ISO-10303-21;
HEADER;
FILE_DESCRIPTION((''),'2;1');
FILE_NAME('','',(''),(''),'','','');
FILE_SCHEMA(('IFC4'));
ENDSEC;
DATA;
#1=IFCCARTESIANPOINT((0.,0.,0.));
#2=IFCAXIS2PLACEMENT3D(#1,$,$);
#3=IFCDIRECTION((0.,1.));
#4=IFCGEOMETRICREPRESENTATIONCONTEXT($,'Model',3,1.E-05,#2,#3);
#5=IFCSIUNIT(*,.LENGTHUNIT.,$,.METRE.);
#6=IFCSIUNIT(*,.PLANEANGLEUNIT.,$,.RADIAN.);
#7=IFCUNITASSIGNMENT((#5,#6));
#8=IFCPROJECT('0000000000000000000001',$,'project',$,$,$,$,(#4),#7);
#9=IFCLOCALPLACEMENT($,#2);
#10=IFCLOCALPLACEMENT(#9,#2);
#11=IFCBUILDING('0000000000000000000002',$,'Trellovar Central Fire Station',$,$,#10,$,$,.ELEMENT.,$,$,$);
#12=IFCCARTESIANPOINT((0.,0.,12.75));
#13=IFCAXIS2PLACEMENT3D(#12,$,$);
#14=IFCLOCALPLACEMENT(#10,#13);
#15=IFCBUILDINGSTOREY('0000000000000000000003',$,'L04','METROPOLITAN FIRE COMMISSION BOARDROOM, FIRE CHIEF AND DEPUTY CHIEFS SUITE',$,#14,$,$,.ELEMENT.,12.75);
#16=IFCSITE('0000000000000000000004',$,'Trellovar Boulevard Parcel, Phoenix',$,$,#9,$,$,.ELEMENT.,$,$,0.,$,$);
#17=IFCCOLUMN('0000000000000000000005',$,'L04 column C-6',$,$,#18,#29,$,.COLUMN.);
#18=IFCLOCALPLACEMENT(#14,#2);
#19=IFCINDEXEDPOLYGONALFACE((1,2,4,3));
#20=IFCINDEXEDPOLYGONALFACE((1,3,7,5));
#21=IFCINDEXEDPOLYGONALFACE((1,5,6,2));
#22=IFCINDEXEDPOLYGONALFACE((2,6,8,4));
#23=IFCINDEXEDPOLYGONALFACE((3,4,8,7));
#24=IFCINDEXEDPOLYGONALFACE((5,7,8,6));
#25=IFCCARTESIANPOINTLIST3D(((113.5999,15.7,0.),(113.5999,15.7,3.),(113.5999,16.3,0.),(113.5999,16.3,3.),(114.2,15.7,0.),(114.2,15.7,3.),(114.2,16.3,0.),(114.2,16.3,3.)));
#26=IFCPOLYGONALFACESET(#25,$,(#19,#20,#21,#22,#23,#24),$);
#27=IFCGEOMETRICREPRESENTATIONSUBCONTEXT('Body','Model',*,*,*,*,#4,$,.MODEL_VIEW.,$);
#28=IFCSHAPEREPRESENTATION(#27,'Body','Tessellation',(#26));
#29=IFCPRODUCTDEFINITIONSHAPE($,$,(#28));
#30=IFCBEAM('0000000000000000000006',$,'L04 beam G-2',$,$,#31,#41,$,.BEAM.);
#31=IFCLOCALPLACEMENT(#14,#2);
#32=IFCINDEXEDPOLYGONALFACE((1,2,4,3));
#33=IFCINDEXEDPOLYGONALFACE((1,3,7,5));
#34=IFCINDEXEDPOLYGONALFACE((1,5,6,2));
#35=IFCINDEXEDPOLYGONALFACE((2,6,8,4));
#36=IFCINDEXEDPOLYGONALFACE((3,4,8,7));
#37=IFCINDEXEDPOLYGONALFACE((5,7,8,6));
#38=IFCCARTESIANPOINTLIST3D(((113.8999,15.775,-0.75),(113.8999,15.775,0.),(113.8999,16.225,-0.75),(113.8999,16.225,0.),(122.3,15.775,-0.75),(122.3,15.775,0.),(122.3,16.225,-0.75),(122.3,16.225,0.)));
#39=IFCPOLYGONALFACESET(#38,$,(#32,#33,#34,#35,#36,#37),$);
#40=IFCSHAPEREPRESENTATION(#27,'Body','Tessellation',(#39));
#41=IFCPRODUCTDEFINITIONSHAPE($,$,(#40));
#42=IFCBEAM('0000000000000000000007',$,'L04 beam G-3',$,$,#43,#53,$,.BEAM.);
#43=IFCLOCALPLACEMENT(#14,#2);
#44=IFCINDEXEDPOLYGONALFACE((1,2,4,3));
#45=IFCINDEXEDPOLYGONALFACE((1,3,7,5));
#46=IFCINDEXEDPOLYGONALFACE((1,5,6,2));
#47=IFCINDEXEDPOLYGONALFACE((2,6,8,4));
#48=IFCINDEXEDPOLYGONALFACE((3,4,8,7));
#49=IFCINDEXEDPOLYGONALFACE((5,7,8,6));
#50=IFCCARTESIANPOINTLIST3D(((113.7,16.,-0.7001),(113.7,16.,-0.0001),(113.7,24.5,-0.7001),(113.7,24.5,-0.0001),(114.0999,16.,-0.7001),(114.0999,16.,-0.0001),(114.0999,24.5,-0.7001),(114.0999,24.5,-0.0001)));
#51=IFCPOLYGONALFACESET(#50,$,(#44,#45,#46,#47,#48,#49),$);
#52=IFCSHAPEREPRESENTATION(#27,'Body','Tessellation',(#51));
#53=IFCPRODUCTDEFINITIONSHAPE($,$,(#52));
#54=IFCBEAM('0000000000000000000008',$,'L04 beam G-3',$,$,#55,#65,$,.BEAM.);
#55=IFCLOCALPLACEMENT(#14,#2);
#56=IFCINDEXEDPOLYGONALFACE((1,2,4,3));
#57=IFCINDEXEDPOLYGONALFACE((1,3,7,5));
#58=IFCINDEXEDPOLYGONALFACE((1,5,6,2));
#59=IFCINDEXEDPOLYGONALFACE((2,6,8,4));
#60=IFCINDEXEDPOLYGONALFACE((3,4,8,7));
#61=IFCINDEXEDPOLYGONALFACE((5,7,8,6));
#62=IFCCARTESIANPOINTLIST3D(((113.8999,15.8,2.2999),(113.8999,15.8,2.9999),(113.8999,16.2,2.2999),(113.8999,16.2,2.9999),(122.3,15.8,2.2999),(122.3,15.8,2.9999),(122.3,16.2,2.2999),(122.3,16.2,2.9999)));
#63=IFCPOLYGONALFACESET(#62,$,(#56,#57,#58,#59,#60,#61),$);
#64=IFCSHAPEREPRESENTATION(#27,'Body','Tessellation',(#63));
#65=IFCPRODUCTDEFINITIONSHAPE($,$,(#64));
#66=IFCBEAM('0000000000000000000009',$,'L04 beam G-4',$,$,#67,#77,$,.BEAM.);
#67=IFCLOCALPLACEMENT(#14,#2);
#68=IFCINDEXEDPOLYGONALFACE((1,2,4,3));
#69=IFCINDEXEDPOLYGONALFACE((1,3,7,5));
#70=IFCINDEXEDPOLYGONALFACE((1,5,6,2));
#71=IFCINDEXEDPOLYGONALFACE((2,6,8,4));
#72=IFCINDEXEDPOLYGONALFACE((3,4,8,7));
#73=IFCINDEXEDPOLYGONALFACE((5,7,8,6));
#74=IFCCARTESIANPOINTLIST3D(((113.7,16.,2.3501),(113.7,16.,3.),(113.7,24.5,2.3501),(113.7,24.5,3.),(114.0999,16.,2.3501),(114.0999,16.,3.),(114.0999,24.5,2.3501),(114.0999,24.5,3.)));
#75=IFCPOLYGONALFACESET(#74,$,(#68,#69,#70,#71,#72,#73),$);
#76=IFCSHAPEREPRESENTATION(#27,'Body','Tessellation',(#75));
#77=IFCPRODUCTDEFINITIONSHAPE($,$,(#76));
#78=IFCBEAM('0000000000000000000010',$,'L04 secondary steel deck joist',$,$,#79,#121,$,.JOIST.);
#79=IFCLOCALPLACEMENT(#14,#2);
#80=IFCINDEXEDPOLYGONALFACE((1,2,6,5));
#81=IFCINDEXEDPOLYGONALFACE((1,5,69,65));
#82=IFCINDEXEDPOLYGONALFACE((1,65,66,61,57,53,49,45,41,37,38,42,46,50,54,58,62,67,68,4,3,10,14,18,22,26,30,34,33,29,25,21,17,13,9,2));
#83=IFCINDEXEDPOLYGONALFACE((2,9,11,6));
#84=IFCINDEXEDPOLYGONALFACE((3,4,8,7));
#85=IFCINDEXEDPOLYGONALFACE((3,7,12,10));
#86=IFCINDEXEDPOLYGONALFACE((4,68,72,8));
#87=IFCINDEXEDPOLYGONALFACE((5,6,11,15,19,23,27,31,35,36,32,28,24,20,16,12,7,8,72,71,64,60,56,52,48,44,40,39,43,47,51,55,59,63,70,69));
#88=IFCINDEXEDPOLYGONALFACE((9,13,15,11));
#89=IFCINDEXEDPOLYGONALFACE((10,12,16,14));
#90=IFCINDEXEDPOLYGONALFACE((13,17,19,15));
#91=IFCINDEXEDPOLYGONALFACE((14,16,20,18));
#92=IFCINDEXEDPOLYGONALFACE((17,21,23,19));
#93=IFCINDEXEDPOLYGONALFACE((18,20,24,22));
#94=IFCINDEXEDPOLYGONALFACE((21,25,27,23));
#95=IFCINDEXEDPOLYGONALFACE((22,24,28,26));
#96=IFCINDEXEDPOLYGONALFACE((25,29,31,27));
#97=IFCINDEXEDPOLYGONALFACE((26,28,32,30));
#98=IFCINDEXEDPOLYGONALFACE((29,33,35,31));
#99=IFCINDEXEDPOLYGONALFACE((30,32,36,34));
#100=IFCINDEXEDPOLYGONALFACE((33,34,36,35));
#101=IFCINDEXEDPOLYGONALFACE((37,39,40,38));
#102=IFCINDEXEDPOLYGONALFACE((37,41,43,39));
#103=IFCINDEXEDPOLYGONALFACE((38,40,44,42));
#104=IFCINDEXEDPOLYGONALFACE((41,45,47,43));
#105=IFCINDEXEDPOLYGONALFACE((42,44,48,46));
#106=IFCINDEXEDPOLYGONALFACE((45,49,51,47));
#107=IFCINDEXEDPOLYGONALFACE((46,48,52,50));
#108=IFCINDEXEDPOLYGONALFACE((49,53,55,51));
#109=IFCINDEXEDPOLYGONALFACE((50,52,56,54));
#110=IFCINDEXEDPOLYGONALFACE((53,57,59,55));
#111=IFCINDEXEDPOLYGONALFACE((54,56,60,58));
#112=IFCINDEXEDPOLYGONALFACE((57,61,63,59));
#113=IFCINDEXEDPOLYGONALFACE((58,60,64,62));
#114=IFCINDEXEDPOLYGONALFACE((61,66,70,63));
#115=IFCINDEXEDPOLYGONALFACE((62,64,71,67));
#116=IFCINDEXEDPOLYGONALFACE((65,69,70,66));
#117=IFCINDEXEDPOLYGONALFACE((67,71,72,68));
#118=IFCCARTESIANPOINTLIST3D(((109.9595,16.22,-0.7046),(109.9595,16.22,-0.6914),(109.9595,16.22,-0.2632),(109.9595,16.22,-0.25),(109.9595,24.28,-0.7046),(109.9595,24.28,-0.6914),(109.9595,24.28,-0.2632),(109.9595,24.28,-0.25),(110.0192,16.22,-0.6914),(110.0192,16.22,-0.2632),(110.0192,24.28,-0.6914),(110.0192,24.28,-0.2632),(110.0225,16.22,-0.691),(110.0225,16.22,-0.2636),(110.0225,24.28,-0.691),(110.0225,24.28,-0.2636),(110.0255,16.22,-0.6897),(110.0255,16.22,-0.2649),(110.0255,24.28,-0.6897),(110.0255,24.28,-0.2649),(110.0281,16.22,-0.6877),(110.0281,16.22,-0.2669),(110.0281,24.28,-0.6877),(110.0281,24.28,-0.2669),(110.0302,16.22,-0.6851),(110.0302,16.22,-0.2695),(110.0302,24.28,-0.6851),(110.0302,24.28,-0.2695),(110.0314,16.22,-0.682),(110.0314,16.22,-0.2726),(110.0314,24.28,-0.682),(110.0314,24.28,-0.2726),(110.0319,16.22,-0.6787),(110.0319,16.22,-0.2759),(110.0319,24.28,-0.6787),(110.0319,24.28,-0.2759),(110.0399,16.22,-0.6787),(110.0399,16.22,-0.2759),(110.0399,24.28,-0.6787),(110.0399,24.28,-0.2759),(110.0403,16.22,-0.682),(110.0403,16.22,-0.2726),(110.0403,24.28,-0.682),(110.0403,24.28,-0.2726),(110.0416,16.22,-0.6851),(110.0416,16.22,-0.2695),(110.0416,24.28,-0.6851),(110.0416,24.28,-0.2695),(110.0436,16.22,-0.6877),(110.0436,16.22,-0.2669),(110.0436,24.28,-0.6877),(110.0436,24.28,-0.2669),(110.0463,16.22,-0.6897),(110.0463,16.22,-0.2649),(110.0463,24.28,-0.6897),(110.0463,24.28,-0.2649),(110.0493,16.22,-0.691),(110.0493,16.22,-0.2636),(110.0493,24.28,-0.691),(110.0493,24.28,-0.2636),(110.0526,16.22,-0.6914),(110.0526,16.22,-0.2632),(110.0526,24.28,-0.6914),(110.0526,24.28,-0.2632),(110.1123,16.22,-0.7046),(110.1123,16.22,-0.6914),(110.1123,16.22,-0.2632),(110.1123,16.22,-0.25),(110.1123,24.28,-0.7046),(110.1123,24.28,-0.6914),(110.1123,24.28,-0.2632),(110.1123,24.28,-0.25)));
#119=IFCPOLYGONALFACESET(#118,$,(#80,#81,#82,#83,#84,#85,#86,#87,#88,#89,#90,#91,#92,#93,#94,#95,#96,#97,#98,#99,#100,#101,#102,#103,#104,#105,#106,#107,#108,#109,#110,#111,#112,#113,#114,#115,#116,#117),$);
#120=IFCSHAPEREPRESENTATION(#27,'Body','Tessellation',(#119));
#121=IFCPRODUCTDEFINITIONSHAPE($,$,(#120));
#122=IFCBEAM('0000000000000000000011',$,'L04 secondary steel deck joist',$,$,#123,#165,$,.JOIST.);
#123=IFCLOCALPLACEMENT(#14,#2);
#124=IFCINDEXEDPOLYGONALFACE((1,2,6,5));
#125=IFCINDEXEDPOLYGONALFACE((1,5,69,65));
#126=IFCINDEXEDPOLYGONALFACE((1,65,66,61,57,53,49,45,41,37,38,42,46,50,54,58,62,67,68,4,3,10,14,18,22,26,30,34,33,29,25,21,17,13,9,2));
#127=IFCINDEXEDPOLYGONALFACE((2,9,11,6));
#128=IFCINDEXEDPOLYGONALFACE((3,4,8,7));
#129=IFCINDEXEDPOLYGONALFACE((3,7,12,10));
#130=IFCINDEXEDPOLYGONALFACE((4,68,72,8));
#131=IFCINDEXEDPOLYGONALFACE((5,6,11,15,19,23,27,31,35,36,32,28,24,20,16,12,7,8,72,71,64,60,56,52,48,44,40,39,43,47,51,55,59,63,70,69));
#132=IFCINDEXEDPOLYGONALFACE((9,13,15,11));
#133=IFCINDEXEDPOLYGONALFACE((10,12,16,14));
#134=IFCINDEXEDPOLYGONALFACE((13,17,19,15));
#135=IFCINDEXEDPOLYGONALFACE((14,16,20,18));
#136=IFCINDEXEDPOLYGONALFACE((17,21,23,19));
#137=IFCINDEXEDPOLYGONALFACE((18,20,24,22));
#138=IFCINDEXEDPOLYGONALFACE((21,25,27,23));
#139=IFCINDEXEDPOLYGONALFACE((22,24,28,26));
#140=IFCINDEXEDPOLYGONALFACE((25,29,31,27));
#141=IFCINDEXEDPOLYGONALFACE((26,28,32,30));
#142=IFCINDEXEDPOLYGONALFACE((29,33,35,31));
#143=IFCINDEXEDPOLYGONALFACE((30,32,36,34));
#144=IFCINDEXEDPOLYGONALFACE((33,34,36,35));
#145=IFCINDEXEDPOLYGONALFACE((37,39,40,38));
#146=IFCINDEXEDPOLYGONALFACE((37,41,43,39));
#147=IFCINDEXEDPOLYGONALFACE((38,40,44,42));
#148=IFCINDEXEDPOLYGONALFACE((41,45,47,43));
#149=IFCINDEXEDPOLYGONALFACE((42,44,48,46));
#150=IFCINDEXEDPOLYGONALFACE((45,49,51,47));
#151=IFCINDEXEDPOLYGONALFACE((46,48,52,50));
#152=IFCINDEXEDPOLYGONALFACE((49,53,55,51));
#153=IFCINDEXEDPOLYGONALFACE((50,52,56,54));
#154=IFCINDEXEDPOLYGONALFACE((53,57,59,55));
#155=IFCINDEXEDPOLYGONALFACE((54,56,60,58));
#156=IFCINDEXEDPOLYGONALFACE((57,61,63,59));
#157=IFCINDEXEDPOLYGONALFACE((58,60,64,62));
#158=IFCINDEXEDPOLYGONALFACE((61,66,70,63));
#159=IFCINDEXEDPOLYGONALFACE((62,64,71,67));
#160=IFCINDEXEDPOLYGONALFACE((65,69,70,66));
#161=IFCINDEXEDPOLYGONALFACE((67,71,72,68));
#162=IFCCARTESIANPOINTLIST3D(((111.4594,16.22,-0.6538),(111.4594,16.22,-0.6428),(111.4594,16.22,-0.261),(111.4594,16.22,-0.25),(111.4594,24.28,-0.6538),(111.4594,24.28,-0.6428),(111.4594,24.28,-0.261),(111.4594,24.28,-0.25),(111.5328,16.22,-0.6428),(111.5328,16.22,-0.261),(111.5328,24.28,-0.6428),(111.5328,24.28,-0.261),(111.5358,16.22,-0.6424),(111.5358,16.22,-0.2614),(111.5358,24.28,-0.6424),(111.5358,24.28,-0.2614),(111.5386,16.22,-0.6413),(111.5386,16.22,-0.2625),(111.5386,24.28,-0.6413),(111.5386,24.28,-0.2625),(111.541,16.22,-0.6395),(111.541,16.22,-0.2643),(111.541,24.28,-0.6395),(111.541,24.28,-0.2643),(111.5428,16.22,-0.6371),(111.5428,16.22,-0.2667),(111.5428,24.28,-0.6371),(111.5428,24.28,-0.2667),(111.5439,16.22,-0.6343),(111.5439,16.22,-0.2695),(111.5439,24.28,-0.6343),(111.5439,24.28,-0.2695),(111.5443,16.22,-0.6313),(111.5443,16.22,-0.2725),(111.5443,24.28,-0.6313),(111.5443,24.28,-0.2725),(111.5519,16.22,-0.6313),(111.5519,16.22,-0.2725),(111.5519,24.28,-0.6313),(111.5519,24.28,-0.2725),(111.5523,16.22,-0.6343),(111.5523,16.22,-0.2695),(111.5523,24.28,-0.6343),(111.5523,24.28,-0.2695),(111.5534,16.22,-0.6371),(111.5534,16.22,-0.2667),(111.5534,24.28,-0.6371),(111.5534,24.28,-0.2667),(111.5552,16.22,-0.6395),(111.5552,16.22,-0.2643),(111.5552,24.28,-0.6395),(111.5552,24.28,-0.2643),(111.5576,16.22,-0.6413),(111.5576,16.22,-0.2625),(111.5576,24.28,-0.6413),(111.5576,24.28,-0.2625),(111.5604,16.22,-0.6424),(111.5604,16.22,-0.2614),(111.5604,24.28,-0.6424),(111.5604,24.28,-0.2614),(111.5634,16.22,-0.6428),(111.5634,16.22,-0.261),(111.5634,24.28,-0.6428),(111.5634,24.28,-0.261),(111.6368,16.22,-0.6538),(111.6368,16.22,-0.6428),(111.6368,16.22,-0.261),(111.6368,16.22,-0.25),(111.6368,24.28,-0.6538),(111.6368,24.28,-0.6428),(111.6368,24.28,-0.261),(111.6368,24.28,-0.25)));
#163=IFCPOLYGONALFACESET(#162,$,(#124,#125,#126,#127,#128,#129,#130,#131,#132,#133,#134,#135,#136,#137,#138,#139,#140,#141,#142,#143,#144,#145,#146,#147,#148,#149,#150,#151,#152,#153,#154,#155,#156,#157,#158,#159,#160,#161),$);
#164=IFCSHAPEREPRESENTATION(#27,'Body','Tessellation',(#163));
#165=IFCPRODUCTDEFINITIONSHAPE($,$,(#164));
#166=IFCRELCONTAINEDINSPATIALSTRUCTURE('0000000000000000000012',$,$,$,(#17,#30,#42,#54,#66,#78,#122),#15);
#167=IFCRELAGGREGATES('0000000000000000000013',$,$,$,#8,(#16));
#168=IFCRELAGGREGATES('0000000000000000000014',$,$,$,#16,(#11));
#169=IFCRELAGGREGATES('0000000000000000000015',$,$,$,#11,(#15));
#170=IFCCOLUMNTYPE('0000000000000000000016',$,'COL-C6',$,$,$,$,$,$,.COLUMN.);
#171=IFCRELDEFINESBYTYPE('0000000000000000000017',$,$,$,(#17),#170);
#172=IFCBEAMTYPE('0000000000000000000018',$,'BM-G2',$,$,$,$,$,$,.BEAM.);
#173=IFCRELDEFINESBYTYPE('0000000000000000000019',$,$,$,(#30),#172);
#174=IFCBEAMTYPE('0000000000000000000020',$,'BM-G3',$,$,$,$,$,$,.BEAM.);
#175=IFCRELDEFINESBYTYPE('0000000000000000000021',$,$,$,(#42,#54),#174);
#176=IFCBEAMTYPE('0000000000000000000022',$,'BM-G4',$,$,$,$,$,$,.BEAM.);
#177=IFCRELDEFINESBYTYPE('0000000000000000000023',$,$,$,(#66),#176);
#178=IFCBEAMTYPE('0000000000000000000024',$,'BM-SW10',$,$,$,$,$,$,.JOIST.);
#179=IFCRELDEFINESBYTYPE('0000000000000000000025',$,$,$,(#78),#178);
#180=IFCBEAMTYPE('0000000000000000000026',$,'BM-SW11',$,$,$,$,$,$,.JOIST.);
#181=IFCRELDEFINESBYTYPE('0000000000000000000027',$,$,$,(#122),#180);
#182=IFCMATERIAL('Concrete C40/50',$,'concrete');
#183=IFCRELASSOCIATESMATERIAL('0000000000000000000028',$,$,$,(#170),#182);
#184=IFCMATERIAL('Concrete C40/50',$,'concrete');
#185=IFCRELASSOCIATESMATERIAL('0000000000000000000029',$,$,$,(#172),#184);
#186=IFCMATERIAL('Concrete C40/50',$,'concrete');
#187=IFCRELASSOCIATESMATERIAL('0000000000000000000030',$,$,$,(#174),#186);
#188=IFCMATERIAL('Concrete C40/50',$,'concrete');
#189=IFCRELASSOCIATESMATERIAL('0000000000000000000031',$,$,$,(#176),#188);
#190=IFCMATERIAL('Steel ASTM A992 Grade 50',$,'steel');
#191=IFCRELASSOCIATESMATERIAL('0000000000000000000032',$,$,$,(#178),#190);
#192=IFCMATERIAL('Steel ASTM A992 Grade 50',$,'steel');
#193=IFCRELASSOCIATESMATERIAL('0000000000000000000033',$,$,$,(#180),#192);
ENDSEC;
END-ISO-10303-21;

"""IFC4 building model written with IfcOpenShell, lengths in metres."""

from ifc_helpers import new_model, si_unit, direction, frame, origin, origin_2d, place, context, subcontext, project, spatial, rectangle, i_section, extrude, material, material_profile, profile_set, type_object, element, save


model = new_model("IFC4")

# Units and contexts
model_context = context("Model", 3, precision=1e-05, world=origin(), true_north=direction((0.0, 1.0)))
body_context = subcontext(model_context, "Body", "Model", "MODEL_VIEW")
ifc_project = project(units=[si_unit("LENGTHUNIT", "METRE"), si_unit("PLANEANGLEUNIT", "RADIAN")], contexts=[model_context])

# Site, building, storey
site_placement = place(None, origin())
site = spatial("IfcSite", under=ifc_project, at=site_placement, Name="Trellovar Boulevard Parcel, Phoenix", CompositionType="ELEMENT", RefElevation=0.0)
building_placement = place(site_placement, origin())
building = spatial("IfcBuilding", under=site, at=building_placement, Name="Trellovar Central Fire Station", CompositionType="ELEMENT")
storey_placement = place(building_placement, frame((0.0, 0.0, 12.75)))
storey = spatial("IfcBuildingStorey", under=building, at=storey_placement, Name="L04", Description="METROPOLITAN FIRE COMMISSION BOARDROOM, FIRE CHIEF AND DEPUTY CHIEFS SUITE", CompositionType="ELEMENT", Elevation=12.75)

# Column
ifc_material_1 = material(Name="Concrete C40/50", Category="concrete")
ifc_material_profile_1 = material_profile(ifc_material_1, rectangle(XDim=0.6001, YDim=0.6001, at=origin_2d()), Name="RC600X600")
ifc_profile_set_1 = profile_set([ifc_material_profile_1], Name="Concrete C40/50")
column_type = type_object("IfcColumnType", Name="COL-C6", PredefinedType="COLUMN", material=ifc_profile_set_1)
column_placement = place(storey_placement, frame((113.8999, 16.0, 0.0), z_axis=(0.0, 0.0, 1.0), x_axis=(1.0, 0.0, 0.0)))
element("IfcColumn", 1, at=column_placement, inside=storey, type_object=column_type, Name="L04 column C-6", PredefinedType="COLUMN", context=body_context, shape_type="SweptSolid", body=[
    extrude(rectangle(XDim=0.6001, YDim=0.6001, at=origin_2d()), origin(), (0.0, 0.0, 1.0), 3.0),
])

# Beams
ifc_material_2 = material(Name="Concrete C40/50", Category="concrete")
ifc_material_profile_2 = material_profile(ifc_material_2, rectangle(XDim=0.45, YDim=0.75, at=origin_2d()), Name="RC450X750")
ifc_profile_set_2 = profile_set([ifc_material_profile_2], Name="Concrete C40/50")
beam_type_1 = type_object("IfcBeamType", Name="BM-G2", PredefinedType="BEAM", material=ifc_profile_set_2)
beam_1_placement = place(storey_placement, frame((113.8999, 16.0, -0.375), z_axis=(1.0, 0.0, 0.0), x_axis=(0.0, 1.0, 0.0)))
element("IfcBeam", 2, at=beam_1_placement, inside=storey, type_object=beam_type_1, Name="L04 beam G-2", PredefinedType="BEAM", context=body_context, shape_type="SweptSolid", body=[
    extrude(rectangle(XDim=0.45, YDim=0.75, at=origin_2d()), origin(), (0.0, 0.0, 1.0), 8.4001),
])
ifc_material_3 = material(Name="Concrete C40/50", Category="concrete")
ifc_material_profile_3 = material_profile(ifc_material_3, rectangle(XDim=0.3999, YDim=0.7, at=origin_2d()), Name="RC400X700")
ifc_profile_set_3 = profile_set([ifc_material_profile_3], Name="Concrete C40/50")
beam_type_2 = type_object("IfcBeamType", Name="BM-G3", PredefinedType="BEAM", material=ifc_profile_set_3)
beam_2_placement = place(storey_placement, frame((113.8999, 16.0, -0.3501), z_axis=(0.0, 1.0, 0.0), x_axis=(-1.0, 0.0, 0.0)))
element("IfcBeam", 3, at=beam_2_placement, inside=storey, type_object=beam_type_2, Name="L04 beam G-3", PredefinedType="BEAM", context=body_context, shape_type="SweptSolid", body=[
    extrude(rectangle(XDim=0.3999, YDim=0.7, at=origin_2d()), origin(), (0.0, 0.0, 1.0), 8.5),
])
beam_3_placement = place(storey_placement, frame((113.8999, 16.0, 2.6499), z_axis=(1.0, 0.0, 0.0), x_axis=(0.0, 1.0, 0.0)))
element("IfcBeam", 4, at=beam_3_placement, inside=storey, type_object=beam_type_2, Name="L04 beam G-3", PredefinedType="BEAM", context=body_context, shape_type="SweptSolid", body=[
    extrude(rectangle(XDim=0.3999, YDim=0.7, at=origin_2d()), origin(), (0.0, 0.0, 1.0), 8.4001),
])
ifc_material_4 = material(Name="Concrete C40/50", Category="concrete")
ifc_material_profile_4 = material_profile(ifc_material_4, rectangle(XDim=0.3999, YDim=0.6499, at=origin_2d()), Name="RC400X650")
ifc_profile_set_4 = profile_set([ifc_material_profile_4], Name="Concrete C40/50")
beam_type_3 = type_object("IfcBeamType", Name="BM-G4", PredefinedType="BEAM", material=ifc_profile_set_4)
beam_4_placement = place(storey_placement, frame((113.8999, 16.0, 2.675), z_axis=(0.0, 1.0, 0.0), x_axis=(-1.0, 0.0, 0.0)))
element("IfcBeam", 5, at=beam_4_placement, inside=storey, type_object=beam_type_3, Name="L04 beam G-4", PredefinedType="BEAM", context=body_context, shape_type="SweptSolid", body=[
    extrude(rectangle(XDim=0.3999, YDim=0.6499, at=origin_2d()), origin(), (0.0, 0.0, 1.0), 8.5),
])
ifc_material_5 = material(Name="Steel ASTM A992 Grade 50", Category="steel")
ifc_material_profile_5 = material_profile(ifc_material_5, i_section(OverallWidth=0.1528, OverallDepth=0.4546, WebThickness=0.0081, FlangeThickness=0.0132, FilletRadius=0.0127, at=origin_2d()), Name="W18X40")
ifc_profile_set_5 = profile_set([ifc_material_profile_5], Name="Steel ASTM A992 Grade 50")
beam_type_4 = type_object("IfcBeamType", Name="BM-SW10", PredefinedType="JOIST", material=ifc_profile_set_5)
beam_5_placement = place(storey_placement, frame((110.0359, 16.22, -0.4773), z_axis=(0.0, 1.0, 0.0), x_axis=(-1.0, 0.0, 0.0)))
element("IfcBeam", 6, at=beam_5_placement, inside=storey, type_object=beam_type_4, Name="L04 secondary steel deck joist", PredefinedType="JOIST", context=body_context, shape_type="SweptSolid", body=[
    extrude(i_section(OverallWidth=0.1528, OverallDepth=0.4546, WebThickness=0.0081, FlangeThickness=0.0132, FilletRadius=0.0127, at=origin_2d()), origin(), (0.0, 0.0, 1.0), 8.0601),
])
ifc_material_6 = material(Name="Steel ASTM A992 Grade 50", Category="steel")
ifc_material_profile_6 = material_profile(ifc_material_6, i_section(OverallWidth=0.1775, OverallDepth=0.4038, WebThickness=0.0076, FlangeThickness=0.011, FilletRadius=0.0115, at=origin_2d()), Name="W16X36")
ifc_profile_set_6 = profile_set([ifc_material_profile_6], Name="Steel ASTM A992 Grade 50")
beam_type_5 = type_object("IfcBeamType", Name="BM-SW11", PredefinedType="JOIST", material=ifc_profile_set_6)
beam_6_placement = place(storey_placement, frame((111.5481, 16.22, -0.4519), z_axis=(0.0, 1.0, 0.0), x_axis=(-1.0, 0.0, 0.0)))
element("IfcBeam", 7, at=beam_6_placement, inside=storey, type_object=beam_type_5, Name="L04 secondary steel deck joist", PredefinedType="JOIST", context=body_context, shape_type="SweptSolid", body=[
    extrude(i_section(OverallWidth=0.1775, OverallDepth=0.4038, WebThickness=0.0076, FlangeThickness=0.011, FilletRadius=0.0115, at=origin_2d()), origin(), (0.0, 0.0, 1.0), 8.0601),
])

save(model, "model.ifc")
